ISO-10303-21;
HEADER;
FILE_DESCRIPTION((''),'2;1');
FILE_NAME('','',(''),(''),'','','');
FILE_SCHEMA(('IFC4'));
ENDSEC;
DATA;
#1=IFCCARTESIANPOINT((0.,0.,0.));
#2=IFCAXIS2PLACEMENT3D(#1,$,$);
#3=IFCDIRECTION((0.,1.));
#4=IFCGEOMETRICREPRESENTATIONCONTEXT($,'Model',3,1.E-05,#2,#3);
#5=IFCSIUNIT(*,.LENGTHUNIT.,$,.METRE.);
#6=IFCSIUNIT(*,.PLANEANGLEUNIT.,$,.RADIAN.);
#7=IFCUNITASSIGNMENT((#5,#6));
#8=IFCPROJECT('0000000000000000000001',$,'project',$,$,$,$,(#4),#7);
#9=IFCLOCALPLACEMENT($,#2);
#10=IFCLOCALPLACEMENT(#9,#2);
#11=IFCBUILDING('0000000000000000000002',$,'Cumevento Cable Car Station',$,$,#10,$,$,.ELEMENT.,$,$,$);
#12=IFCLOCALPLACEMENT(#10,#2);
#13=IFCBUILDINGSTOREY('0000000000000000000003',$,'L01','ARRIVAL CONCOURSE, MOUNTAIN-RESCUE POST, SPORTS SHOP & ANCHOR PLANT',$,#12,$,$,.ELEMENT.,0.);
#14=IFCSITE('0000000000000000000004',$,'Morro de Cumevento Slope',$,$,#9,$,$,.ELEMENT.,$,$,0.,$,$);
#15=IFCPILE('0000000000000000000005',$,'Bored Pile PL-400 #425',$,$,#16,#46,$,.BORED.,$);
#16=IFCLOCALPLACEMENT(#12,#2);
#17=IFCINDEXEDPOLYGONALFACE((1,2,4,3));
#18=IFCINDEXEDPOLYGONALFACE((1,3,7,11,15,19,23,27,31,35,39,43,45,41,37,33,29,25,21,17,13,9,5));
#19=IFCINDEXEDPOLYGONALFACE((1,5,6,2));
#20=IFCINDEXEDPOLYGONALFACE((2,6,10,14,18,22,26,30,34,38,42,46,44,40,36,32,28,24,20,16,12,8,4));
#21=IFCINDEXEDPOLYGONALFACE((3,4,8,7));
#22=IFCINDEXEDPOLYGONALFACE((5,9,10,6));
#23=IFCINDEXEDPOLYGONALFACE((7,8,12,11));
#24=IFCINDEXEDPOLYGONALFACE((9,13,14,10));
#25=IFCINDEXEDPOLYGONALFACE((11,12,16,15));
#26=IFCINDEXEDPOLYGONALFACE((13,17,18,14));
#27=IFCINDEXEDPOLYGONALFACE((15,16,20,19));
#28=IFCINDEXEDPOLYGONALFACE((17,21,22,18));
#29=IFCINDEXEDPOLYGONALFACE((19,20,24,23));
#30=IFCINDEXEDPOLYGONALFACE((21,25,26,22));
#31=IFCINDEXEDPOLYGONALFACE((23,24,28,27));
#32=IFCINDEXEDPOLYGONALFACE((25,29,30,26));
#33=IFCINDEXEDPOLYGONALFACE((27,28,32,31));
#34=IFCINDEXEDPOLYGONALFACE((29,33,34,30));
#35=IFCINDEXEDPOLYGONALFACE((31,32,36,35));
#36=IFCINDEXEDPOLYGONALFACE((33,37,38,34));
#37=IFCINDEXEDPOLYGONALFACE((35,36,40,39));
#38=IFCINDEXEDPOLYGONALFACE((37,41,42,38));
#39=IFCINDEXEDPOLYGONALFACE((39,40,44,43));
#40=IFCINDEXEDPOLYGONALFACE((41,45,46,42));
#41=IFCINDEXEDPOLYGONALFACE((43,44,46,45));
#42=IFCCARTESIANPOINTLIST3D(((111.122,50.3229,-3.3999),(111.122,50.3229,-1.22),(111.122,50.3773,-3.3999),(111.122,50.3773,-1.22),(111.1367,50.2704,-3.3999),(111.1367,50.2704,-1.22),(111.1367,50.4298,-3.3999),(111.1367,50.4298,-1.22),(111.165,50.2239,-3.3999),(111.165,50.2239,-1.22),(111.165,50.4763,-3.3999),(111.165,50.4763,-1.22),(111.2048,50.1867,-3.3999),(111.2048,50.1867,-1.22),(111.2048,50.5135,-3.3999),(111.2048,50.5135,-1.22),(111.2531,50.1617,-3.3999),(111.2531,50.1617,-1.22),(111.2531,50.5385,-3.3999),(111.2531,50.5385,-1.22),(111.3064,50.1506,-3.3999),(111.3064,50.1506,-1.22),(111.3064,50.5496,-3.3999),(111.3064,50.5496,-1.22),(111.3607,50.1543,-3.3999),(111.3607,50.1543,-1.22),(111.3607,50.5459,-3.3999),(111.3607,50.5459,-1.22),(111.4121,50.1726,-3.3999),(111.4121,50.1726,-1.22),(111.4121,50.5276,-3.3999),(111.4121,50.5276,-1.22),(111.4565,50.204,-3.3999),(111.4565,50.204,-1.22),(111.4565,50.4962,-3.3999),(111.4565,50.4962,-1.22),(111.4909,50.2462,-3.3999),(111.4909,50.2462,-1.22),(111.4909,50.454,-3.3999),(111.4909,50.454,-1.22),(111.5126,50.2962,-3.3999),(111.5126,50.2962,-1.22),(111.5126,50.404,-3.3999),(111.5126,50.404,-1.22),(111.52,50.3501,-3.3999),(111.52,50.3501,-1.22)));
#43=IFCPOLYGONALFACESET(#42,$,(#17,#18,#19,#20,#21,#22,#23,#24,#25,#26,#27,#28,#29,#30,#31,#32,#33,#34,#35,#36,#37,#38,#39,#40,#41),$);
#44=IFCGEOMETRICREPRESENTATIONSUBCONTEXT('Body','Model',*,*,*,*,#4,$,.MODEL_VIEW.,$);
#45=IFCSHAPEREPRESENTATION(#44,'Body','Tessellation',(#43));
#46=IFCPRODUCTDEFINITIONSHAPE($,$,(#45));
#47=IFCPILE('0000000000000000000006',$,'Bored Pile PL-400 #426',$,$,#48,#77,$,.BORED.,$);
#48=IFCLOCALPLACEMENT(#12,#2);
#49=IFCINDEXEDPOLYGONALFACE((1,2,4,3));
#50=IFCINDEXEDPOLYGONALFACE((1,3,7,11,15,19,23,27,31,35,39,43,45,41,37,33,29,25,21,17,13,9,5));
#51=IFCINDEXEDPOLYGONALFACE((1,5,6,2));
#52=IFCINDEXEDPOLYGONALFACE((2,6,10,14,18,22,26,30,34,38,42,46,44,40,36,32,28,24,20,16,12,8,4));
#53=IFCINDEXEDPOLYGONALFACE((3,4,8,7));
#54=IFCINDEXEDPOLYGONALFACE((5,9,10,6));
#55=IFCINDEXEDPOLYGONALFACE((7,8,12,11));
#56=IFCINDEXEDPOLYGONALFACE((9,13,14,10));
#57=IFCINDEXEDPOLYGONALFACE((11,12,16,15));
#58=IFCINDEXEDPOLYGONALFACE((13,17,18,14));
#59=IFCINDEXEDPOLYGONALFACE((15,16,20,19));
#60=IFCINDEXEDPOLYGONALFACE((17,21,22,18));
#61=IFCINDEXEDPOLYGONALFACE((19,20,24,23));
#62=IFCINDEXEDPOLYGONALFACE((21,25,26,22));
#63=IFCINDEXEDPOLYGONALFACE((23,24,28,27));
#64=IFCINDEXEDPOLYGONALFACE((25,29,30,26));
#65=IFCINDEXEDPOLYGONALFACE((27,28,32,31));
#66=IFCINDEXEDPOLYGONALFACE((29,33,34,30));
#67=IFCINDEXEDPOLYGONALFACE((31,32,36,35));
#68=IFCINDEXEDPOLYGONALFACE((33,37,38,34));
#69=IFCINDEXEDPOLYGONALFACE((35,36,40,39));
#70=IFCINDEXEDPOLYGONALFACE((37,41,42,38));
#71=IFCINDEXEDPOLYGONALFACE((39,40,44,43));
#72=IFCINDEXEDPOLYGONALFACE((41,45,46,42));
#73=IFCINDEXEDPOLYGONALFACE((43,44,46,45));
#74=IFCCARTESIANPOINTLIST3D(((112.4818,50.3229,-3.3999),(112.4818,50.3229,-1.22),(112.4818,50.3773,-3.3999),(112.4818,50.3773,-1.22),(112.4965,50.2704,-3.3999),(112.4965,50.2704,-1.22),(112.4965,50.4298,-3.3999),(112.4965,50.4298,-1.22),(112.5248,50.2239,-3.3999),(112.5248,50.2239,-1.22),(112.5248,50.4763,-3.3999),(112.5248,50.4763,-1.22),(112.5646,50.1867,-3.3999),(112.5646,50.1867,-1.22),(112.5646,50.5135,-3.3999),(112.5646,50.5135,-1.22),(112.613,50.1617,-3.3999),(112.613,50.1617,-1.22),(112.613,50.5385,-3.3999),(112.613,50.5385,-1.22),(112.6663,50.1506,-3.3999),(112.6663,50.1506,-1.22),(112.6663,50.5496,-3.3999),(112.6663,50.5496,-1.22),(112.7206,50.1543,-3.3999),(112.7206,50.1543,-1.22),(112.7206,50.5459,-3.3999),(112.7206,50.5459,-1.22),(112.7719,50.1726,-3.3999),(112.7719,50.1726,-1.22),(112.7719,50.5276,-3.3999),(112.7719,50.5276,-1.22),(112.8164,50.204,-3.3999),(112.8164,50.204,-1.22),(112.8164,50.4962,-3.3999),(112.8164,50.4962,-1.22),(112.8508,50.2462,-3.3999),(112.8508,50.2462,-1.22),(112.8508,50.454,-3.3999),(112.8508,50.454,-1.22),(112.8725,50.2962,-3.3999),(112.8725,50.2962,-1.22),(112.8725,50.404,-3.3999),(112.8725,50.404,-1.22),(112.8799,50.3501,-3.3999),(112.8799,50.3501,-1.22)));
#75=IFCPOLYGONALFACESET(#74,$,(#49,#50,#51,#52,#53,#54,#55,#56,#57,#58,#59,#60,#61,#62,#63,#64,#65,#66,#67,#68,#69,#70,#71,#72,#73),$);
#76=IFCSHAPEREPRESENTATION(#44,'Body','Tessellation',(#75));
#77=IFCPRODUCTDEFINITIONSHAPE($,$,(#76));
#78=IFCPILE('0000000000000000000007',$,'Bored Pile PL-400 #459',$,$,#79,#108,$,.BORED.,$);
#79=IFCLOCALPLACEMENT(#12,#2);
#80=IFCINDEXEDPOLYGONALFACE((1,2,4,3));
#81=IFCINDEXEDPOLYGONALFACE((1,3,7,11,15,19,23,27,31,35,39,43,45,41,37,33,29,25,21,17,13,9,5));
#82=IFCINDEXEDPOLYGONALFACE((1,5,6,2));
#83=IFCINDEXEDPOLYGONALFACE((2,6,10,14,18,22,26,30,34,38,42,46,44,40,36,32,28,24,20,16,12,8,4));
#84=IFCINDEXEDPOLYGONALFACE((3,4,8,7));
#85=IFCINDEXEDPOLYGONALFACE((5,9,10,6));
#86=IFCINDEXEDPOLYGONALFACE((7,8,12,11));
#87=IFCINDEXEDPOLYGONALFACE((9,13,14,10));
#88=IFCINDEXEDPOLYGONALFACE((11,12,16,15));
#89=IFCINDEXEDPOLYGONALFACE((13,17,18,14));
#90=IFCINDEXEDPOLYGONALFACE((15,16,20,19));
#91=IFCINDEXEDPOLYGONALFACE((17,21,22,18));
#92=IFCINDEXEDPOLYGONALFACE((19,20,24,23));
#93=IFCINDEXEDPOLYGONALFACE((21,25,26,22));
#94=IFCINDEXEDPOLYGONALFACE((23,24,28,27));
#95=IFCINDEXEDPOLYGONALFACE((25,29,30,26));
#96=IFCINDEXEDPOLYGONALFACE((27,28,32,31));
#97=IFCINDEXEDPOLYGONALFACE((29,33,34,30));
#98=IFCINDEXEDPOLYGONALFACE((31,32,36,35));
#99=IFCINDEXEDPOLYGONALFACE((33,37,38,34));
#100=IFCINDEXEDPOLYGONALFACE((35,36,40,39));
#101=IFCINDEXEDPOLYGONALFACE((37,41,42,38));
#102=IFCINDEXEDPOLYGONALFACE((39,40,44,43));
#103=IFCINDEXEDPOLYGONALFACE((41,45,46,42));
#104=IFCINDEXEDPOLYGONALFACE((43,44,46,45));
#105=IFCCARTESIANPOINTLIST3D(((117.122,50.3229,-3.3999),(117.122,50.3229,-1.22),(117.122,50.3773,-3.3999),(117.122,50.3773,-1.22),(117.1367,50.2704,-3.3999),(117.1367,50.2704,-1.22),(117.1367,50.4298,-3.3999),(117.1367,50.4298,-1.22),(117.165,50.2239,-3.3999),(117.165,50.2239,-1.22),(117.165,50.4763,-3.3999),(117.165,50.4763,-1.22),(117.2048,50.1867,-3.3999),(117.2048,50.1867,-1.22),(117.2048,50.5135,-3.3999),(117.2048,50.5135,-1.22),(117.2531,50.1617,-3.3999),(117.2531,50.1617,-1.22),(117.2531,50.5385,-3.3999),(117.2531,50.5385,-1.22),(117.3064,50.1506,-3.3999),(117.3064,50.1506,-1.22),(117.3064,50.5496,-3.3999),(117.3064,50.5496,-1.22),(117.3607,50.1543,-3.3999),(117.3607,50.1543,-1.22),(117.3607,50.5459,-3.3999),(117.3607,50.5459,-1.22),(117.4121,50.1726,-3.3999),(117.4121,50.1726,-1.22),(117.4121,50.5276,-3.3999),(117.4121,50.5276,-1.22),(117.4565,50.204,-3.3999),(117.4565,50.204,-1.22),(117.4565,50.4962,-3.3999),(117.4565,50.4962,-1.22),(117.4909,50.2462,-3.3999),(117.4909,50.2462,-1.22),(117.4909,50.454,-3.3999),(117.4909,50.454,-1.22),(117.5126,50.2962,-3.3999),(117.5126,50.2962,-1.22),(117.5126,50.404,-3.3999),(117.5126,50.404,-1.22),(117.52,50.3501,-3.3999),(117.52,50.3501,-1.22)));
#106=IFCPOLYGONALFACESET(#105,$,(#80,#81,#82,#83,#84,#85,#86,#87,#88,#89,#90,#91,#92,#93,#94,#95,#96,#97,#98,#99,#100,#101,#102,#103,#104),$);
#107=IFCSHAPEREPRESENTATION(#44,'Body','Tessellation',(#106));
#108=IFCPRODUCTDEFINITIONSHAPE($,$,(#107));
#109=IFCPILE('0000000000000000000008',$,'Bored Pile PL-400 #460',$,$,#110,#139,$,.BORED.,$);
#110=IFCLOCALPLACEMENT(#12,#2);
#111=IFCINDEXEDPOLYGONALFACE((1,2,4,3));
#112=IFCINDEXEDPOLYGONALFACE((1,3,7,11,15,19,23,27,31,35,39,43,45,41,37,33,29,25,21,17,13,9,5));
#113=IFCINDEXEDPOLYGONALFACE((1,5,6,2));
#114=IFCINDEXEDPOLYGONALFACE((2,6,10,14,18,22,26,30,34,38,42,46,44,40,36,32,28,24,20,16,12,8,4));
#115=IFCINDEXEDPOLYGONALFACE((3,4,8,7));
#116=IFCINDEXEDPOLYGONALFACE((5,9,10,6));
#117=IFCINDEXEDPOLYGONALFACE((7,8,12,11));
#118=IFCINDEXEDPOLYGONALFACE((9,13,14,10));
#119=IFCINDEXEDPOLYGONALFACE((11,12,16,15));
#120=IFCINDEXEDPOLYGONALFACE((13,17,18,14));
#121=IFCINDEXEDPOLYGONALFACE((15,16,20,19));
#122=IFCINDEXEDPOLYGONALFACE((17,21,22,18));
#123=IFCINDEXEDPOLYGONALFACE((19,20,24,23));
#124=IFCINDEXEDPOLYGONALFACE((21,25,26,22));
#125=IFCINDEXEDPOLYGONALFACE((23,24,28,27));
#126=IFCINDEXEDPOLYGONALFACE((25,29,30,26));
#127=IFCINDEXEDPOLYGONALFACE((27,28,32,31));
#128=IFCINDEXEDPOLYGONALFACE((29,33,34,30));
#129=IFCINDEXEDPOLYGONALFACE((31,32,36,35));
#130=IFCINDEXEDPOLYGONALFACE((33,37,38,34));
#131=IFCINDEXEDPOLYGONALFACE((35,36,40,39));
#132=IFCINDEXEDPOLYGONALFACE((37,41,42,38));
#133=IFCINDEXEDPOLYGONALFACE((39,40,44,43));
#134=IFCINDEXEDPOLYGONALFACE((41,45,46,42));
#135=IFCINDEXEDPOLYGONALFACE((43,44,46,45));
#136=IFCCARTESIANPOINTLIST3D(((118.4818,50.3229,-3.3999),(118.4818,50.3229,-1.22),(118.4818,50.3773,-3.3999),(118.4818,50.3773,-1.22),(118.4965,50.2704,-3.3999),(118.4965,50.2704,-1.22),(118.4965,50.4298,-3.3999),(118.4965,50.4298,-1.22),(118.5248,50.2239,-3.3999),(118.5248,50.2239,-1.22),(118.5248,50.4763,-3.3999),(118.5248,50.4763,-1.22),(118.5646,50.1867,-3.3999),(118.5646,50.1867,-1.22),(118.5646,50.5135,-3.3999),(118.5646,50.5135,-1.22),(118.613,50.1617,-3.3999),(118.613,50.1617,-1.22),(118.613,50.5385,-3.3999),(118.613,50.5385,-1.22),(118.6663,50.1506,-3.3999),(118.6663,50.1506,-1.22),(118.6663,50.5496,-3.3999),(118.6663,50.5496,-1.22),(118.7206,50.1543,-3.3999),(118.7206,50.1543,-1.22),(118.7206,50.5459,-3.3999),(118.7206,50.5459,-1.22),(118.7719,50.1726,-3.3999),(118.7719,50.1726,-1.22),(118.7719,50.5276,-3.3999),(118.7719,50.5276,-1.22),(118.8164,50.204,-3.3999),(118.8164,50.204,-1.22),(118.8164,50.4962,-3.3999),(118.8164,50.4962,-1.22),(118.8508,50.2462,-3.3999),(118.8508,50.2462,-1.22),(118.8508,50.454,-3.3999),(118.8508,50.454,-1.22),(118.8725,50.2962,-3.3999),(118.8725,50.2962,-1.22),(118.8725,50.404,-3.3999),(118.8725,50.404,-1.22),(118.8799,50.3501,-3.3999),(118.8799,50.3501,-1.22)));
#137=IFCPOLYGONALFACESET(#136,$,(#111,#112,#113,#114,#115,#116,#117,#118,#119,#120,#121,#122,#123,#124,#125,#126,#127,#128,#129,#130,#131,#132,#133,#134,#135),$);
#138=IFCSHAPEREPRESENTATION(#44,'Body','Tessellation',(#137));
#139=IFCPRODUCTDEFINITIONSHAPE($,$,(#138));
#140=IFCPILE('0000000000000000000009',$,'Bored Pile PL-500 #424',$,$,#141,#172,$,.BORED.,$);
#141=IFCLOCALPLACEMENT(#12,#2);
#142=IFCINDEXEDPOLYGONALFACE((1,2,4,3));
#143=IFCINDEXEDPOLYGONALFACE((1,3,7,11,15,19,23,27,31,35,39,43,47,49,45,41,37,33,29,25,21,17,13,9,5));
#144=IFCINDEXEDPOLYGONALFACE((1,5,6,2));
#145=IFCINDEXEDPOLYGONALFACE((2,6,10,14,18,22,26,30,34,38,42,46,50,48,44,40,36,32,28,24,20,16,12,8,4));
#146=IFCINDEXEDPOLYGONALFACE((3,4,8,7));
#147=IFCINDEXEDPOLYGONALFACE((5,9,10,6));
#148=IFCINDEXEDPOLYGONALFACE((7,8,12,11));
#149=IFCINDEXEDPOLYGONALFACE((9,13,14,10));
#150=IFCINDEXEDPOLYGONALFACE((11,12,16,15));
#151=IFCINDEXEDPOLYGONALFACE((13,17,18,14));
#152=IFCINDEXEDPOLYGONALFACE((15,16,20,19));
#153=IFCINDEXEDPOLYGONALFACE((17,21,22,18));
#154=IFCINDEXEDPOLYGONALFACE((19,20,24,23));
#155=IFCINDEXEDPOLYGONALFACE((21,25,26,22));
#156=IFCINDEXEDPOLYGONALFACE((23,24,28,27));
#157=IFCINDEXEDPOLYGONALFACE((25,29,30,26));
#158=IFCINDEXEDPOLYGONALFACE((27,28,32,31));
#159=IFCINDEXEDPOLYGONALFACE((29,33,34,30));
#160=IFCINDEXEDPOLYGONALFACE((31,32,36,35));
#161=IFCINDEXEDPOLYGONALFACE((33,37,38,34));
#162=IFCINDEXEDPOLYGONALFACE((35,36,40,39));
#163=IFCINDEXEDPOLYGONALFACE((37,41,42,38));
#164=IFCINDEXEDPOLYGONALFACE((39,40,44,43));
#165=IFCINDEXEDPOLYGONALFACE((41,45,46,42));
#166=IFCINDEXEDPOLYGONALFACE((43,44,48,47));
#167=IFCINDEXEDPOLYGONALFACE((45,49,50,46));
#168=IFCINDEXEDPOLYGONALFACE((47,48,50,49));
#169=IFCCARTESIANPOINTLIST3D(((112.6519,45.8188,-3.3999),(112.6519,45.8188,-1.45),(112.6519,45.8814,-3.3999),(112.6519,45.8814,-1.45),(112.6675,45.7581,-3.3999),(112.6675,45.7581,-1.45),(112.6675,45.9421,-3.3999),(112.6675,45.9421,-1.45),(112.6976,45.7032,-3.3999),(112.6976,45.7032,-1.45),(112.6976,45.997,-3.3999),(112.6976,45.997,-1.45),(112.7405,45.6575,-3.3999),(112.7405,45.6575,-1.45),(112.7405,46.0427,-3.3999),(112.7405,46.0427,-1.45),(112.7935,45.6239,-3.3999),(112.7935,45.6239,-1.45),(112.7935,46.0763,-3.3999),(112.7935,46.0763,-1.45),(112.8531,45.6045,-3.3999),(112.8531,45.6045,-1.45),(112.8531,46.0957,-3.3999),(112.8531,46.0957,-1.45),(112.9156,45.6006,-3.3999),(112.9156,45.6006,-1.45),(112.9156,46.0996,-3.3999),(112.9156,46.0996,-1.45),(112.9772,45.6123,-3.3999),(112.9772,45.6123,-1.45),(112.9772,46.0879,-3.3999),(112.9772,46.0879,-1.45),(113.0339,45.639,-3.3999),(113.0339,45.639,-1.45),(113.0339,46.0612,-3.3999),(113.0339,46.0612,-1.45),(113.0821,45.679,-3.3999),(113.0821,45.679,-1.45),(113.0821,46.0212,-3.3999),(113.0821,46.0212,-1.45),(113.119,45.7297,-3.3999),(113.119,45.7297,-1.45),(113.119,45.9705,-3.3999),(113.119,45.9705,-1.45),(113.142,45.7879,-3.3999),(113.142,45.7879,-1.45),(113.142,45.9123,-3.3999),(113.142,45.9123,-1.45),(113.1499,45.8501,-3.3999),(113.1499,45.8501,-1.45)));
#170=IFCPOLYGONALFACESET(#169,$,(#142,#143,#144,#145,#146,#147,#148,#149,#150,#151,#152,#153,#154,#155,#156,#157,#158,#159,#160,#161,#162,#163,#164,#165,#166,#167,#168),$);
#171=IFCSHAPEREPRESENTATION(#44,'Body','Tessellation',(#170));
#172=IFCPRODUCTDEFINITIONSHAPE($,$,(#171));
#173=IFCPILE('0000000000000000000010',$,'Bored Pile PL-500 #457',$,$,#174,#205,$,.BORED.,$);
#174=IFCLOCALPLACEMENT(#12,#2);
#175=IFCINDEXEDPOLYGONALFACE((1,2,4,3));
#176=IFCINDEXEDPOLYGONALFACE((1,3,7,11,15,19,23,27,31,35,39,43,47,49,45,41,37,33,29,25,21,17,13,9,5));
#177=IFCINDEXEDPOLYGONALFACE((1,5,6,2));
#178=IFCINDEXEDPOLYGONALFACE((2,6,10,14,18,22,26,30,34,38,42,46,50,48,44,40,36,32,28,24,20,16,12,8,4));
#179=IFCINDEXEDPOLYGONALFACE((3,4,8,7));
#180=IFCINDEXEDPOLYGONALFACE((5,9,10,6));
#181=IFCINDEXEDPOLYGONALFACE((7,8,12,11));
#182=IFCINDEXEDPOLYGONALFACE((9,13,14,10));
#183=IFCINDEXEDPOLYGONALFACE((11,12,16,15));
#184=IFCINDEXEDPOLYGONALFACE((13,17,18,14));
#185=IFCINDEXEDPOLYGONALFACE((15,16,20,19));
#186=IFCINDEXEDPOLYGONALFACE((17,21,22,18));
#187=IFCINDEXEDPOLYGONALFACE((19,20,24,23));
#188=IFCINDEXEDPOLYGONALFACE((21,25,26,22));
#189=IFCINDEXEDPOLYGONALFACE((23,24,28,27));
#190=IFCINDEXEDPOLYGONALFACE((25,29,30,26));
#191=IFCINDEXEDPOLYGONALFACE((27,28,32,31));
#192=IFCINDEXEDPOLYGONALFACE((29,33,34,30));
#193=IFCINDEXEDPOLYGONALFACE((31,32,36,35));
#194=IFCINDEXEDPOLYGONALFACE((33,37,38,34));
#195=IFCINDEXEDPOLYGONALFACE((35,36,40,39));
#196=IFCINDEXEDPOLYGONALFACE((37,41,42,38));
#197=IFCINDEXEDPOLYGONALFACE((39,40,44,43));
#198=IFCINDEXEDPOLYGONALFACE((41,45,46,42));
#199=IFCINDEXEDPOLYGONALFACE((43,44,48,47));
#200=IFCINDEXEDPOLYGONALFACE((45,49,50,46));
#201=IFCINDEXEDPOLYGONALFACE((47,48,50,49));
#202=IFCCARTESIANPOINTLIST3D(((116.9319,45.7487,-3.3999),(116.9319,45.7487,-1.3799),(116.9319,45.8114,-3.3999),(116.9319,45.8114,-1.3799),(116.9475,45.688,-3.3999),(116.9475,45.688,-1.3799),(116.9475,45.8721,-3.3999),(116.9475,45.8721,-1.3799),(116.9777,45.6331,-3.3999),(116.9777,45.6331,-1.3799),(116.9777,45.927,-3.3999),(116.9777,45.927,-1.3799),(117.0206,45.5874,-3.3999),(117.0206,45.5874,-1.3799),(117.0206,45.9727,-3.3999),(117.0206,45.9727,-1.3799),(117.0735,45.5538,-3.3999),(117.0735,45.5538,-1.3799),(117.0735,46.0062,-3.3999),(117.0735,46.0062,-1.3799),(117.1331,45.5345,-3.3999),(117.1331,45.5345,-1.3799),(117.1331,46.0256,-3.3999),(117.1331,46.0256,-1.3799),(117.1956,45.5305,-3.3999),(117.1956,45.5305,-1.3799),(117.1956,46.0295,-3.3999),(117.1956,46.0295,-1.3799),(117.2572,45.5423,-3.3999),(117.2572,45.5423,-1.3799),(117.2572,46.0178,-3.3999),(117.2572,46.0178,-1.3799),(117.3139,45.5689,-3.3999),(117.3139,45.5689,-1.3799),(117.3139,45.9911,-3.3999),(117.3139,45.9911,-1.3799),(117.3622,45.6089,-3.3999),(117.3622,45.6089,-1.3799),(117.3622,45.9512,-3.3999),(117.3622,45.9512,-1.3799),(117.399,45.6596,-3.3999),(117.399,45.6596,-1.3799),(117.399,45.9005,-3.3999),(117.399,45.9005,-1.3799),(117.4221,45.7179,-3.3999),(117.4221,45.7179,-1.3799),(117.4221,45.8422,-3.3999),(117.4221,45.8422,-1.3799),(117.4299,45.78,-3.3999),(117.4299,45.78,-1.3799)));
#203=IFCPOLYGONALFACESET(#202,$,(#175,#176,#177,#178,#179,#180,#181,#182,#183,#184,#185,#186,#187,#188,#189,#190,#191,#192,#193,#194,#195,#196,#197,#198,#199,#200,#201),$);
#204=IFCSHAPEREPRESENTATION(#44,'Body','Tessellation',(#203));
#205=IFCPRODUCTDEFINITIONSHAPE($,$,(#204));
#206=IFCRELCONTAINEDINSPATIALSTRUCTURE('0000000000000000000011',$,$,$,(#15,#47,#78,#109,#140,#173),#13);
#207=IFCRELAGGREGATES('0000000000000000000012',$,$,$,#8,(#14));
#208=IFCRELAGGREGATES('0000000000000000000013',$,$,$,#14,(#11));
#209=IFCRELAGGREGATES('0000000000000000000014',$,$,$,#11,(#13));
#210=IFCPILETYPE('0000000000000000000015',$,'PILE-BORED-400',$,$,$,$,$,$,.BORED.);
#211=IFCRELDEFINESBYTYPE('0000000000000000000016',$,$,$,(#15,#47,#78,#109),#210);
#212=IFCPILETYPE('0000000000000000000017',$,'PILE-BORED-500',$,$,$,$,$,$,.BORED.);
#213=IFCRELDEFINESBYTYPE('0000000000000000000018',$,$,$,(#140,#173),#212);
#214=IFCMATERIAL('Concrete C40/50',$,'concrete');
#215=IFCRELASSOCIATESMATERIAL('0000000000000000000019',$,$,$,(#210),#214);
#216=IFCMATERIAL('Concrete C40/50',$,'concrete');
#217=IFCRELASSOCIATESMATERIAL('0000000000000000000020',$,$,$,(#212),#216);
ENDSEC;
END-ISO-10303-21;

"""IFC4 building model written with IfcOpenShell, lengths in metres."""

from ifc_helpers import new_model, si_unit, direction, frame, origin, origin_2d, place, context, subcontext, project, spatial, circle, extrude, material, material_profile, profile_set, type_object, element, save


model = new_model("IFC4")

# Units and contexts
model_context = context("Model", 3, precision=1e-05, world=origin(), true_north=direction((0.0, 1.0)))
body_context = subcontext(model_context, "Body", "Model", "MODEL_VIEW")
ifc_project = project(units=[si_unit("LENGTHUNIT", "METRE"), si_unit("PLANEANGLEUNIT", "RADIAN")], contexts=[model_context])

# Site, building, storey
site_placement = place(None, origin())
site = spatial("IfcSite", under=ifc_project, at=site_placement, Name="Morro de Cumevento Slope", CompositionType="ELEMENT", RefElevation=0.0)
building_placement = place(site_placement, origin())
building = spatial("IfcBuilding", under=site, at=building_placement, Name="Cumevento Cable Car Station", CompositionType="ELEMENT")
storey_placement = place(building_placement, origin())
storey = spatial("IfcBuildingStorey", under=building, at=storey_placement, Name="L01", Description="ARRIVAL CONCOURSE, MOUNTAIN-RESCUE POST, SPORTS SHOP & ANCHOR PLANT", CompositionType="ELEMENT", Elevation=0.0)

# Piles
ifc_material_1 = material(Name="Concrete C40/50", Category="concrete")
ifc_material_profile_1 = material_profile(ifc_material_1, circle(Radius=0.2, at=origin_2d()), Name="PILE-D400")
ifc_profile_set_1 = profile_set([ifc_material_profile_1], Name="Concrete C40/50")
pile_type_1 = type_object("IfcPileType", Name="PILE-BORED-400", PredefinedType="BORED", material=ifc_profile_set_1)
for number, where, z_axis, x_axis, name in (
    (1, (111.3201, 50.3501, -1.22), (0.0, 0.0, -1.0), (1.0, 0.0, 0.0), "Bored Pile PL-400 #425"),
    (2, (112.6799, 50.3501, -1.22), (0.0, 0.0, -1.0), (1.0, 0.0, 0.0), "Bored Pile PL-400 #426"),
    (3, (117.3201, 50.3501, -1.22), (0.0, 0.0, -1.0), (1.0, 0.0, 0.0), "Bored Pile PL-400 #459"),
    (4, (118.6799, 50.3501, -1.22), (0.0, 0.0, -1.0), (1.0, 0.0, 0.0), "Bored Pile PL-400 #460"),
):
    element("IfcPile", number, at=place(storey_placement, frame(where, z_axis=z_axis, x_axis=x_axis)), inside=storey, type_object=pile_type_1, Name=name, PredefinedType="BORED", context=body_context, shape_type="SweptSolid", body=[
        extrude(circle(Radius=0.2, at=origin_2d()), origin(), (0.0, 0.0, 1.0), 2.1799),
    ])
ifc_material_2 = material(Name="Concrete C40/50", Category="concrete")
ifc_material_profile_2 = material_profile(ifc_material_2, circle(Radius=0.25, at=origin_2d()), Name="PILE-D500")
ifc_profile_set_2 = profile_set([ifc_material_profile_2], Name="Concrete C40/50")
pile_type_2 = type_object("IfcPileType", Name="PILE-BORED-500", PredefinedType="BORED", material=ifc_profile_set_2)
pile_placement = place(storey_placement, frame((112.8999, 45.8501, -1.45), z_axis=(0.0, 0.0, -1.0), x_axis=(1.0, 0.0, 0.0)))
element("IfcPile", 5, at=pile_placement, inside=storey, type_object=pile_type_2, Name="Bored Pile PL-500 #424", PredefinedType="BORED", context=body_context, shape_type="SweptSolid", body=[
    extrude(circle(Radius=0.25, at=origin_2d()), origin(), (0.0, 0.0, 1.0), 1.95),
])
for number, where, z_axis, x_axis, name in (
    (6, (117.1799, 45.78, -1.3799), (0.0, 0.0, -1.0), (1.0, 0.0, 0.0), "Bored Pile PL-500 #457"),
):
    element("IfcPile", number, at=place(storey_placement, frame(where, z_axis=z_axis, x_axis=x_axis)), inside=storey, type_object=pile_type_2, Name=name, PredefinedType="BORED", context=body_context, shape_type="SweptSolid", body=[
        extrude(circle(Radius=0.25, at=origin_2d()), origin(), (0.0, 0.0, 1.0), 2.02),
    ])

save(model, "model.ifc")
